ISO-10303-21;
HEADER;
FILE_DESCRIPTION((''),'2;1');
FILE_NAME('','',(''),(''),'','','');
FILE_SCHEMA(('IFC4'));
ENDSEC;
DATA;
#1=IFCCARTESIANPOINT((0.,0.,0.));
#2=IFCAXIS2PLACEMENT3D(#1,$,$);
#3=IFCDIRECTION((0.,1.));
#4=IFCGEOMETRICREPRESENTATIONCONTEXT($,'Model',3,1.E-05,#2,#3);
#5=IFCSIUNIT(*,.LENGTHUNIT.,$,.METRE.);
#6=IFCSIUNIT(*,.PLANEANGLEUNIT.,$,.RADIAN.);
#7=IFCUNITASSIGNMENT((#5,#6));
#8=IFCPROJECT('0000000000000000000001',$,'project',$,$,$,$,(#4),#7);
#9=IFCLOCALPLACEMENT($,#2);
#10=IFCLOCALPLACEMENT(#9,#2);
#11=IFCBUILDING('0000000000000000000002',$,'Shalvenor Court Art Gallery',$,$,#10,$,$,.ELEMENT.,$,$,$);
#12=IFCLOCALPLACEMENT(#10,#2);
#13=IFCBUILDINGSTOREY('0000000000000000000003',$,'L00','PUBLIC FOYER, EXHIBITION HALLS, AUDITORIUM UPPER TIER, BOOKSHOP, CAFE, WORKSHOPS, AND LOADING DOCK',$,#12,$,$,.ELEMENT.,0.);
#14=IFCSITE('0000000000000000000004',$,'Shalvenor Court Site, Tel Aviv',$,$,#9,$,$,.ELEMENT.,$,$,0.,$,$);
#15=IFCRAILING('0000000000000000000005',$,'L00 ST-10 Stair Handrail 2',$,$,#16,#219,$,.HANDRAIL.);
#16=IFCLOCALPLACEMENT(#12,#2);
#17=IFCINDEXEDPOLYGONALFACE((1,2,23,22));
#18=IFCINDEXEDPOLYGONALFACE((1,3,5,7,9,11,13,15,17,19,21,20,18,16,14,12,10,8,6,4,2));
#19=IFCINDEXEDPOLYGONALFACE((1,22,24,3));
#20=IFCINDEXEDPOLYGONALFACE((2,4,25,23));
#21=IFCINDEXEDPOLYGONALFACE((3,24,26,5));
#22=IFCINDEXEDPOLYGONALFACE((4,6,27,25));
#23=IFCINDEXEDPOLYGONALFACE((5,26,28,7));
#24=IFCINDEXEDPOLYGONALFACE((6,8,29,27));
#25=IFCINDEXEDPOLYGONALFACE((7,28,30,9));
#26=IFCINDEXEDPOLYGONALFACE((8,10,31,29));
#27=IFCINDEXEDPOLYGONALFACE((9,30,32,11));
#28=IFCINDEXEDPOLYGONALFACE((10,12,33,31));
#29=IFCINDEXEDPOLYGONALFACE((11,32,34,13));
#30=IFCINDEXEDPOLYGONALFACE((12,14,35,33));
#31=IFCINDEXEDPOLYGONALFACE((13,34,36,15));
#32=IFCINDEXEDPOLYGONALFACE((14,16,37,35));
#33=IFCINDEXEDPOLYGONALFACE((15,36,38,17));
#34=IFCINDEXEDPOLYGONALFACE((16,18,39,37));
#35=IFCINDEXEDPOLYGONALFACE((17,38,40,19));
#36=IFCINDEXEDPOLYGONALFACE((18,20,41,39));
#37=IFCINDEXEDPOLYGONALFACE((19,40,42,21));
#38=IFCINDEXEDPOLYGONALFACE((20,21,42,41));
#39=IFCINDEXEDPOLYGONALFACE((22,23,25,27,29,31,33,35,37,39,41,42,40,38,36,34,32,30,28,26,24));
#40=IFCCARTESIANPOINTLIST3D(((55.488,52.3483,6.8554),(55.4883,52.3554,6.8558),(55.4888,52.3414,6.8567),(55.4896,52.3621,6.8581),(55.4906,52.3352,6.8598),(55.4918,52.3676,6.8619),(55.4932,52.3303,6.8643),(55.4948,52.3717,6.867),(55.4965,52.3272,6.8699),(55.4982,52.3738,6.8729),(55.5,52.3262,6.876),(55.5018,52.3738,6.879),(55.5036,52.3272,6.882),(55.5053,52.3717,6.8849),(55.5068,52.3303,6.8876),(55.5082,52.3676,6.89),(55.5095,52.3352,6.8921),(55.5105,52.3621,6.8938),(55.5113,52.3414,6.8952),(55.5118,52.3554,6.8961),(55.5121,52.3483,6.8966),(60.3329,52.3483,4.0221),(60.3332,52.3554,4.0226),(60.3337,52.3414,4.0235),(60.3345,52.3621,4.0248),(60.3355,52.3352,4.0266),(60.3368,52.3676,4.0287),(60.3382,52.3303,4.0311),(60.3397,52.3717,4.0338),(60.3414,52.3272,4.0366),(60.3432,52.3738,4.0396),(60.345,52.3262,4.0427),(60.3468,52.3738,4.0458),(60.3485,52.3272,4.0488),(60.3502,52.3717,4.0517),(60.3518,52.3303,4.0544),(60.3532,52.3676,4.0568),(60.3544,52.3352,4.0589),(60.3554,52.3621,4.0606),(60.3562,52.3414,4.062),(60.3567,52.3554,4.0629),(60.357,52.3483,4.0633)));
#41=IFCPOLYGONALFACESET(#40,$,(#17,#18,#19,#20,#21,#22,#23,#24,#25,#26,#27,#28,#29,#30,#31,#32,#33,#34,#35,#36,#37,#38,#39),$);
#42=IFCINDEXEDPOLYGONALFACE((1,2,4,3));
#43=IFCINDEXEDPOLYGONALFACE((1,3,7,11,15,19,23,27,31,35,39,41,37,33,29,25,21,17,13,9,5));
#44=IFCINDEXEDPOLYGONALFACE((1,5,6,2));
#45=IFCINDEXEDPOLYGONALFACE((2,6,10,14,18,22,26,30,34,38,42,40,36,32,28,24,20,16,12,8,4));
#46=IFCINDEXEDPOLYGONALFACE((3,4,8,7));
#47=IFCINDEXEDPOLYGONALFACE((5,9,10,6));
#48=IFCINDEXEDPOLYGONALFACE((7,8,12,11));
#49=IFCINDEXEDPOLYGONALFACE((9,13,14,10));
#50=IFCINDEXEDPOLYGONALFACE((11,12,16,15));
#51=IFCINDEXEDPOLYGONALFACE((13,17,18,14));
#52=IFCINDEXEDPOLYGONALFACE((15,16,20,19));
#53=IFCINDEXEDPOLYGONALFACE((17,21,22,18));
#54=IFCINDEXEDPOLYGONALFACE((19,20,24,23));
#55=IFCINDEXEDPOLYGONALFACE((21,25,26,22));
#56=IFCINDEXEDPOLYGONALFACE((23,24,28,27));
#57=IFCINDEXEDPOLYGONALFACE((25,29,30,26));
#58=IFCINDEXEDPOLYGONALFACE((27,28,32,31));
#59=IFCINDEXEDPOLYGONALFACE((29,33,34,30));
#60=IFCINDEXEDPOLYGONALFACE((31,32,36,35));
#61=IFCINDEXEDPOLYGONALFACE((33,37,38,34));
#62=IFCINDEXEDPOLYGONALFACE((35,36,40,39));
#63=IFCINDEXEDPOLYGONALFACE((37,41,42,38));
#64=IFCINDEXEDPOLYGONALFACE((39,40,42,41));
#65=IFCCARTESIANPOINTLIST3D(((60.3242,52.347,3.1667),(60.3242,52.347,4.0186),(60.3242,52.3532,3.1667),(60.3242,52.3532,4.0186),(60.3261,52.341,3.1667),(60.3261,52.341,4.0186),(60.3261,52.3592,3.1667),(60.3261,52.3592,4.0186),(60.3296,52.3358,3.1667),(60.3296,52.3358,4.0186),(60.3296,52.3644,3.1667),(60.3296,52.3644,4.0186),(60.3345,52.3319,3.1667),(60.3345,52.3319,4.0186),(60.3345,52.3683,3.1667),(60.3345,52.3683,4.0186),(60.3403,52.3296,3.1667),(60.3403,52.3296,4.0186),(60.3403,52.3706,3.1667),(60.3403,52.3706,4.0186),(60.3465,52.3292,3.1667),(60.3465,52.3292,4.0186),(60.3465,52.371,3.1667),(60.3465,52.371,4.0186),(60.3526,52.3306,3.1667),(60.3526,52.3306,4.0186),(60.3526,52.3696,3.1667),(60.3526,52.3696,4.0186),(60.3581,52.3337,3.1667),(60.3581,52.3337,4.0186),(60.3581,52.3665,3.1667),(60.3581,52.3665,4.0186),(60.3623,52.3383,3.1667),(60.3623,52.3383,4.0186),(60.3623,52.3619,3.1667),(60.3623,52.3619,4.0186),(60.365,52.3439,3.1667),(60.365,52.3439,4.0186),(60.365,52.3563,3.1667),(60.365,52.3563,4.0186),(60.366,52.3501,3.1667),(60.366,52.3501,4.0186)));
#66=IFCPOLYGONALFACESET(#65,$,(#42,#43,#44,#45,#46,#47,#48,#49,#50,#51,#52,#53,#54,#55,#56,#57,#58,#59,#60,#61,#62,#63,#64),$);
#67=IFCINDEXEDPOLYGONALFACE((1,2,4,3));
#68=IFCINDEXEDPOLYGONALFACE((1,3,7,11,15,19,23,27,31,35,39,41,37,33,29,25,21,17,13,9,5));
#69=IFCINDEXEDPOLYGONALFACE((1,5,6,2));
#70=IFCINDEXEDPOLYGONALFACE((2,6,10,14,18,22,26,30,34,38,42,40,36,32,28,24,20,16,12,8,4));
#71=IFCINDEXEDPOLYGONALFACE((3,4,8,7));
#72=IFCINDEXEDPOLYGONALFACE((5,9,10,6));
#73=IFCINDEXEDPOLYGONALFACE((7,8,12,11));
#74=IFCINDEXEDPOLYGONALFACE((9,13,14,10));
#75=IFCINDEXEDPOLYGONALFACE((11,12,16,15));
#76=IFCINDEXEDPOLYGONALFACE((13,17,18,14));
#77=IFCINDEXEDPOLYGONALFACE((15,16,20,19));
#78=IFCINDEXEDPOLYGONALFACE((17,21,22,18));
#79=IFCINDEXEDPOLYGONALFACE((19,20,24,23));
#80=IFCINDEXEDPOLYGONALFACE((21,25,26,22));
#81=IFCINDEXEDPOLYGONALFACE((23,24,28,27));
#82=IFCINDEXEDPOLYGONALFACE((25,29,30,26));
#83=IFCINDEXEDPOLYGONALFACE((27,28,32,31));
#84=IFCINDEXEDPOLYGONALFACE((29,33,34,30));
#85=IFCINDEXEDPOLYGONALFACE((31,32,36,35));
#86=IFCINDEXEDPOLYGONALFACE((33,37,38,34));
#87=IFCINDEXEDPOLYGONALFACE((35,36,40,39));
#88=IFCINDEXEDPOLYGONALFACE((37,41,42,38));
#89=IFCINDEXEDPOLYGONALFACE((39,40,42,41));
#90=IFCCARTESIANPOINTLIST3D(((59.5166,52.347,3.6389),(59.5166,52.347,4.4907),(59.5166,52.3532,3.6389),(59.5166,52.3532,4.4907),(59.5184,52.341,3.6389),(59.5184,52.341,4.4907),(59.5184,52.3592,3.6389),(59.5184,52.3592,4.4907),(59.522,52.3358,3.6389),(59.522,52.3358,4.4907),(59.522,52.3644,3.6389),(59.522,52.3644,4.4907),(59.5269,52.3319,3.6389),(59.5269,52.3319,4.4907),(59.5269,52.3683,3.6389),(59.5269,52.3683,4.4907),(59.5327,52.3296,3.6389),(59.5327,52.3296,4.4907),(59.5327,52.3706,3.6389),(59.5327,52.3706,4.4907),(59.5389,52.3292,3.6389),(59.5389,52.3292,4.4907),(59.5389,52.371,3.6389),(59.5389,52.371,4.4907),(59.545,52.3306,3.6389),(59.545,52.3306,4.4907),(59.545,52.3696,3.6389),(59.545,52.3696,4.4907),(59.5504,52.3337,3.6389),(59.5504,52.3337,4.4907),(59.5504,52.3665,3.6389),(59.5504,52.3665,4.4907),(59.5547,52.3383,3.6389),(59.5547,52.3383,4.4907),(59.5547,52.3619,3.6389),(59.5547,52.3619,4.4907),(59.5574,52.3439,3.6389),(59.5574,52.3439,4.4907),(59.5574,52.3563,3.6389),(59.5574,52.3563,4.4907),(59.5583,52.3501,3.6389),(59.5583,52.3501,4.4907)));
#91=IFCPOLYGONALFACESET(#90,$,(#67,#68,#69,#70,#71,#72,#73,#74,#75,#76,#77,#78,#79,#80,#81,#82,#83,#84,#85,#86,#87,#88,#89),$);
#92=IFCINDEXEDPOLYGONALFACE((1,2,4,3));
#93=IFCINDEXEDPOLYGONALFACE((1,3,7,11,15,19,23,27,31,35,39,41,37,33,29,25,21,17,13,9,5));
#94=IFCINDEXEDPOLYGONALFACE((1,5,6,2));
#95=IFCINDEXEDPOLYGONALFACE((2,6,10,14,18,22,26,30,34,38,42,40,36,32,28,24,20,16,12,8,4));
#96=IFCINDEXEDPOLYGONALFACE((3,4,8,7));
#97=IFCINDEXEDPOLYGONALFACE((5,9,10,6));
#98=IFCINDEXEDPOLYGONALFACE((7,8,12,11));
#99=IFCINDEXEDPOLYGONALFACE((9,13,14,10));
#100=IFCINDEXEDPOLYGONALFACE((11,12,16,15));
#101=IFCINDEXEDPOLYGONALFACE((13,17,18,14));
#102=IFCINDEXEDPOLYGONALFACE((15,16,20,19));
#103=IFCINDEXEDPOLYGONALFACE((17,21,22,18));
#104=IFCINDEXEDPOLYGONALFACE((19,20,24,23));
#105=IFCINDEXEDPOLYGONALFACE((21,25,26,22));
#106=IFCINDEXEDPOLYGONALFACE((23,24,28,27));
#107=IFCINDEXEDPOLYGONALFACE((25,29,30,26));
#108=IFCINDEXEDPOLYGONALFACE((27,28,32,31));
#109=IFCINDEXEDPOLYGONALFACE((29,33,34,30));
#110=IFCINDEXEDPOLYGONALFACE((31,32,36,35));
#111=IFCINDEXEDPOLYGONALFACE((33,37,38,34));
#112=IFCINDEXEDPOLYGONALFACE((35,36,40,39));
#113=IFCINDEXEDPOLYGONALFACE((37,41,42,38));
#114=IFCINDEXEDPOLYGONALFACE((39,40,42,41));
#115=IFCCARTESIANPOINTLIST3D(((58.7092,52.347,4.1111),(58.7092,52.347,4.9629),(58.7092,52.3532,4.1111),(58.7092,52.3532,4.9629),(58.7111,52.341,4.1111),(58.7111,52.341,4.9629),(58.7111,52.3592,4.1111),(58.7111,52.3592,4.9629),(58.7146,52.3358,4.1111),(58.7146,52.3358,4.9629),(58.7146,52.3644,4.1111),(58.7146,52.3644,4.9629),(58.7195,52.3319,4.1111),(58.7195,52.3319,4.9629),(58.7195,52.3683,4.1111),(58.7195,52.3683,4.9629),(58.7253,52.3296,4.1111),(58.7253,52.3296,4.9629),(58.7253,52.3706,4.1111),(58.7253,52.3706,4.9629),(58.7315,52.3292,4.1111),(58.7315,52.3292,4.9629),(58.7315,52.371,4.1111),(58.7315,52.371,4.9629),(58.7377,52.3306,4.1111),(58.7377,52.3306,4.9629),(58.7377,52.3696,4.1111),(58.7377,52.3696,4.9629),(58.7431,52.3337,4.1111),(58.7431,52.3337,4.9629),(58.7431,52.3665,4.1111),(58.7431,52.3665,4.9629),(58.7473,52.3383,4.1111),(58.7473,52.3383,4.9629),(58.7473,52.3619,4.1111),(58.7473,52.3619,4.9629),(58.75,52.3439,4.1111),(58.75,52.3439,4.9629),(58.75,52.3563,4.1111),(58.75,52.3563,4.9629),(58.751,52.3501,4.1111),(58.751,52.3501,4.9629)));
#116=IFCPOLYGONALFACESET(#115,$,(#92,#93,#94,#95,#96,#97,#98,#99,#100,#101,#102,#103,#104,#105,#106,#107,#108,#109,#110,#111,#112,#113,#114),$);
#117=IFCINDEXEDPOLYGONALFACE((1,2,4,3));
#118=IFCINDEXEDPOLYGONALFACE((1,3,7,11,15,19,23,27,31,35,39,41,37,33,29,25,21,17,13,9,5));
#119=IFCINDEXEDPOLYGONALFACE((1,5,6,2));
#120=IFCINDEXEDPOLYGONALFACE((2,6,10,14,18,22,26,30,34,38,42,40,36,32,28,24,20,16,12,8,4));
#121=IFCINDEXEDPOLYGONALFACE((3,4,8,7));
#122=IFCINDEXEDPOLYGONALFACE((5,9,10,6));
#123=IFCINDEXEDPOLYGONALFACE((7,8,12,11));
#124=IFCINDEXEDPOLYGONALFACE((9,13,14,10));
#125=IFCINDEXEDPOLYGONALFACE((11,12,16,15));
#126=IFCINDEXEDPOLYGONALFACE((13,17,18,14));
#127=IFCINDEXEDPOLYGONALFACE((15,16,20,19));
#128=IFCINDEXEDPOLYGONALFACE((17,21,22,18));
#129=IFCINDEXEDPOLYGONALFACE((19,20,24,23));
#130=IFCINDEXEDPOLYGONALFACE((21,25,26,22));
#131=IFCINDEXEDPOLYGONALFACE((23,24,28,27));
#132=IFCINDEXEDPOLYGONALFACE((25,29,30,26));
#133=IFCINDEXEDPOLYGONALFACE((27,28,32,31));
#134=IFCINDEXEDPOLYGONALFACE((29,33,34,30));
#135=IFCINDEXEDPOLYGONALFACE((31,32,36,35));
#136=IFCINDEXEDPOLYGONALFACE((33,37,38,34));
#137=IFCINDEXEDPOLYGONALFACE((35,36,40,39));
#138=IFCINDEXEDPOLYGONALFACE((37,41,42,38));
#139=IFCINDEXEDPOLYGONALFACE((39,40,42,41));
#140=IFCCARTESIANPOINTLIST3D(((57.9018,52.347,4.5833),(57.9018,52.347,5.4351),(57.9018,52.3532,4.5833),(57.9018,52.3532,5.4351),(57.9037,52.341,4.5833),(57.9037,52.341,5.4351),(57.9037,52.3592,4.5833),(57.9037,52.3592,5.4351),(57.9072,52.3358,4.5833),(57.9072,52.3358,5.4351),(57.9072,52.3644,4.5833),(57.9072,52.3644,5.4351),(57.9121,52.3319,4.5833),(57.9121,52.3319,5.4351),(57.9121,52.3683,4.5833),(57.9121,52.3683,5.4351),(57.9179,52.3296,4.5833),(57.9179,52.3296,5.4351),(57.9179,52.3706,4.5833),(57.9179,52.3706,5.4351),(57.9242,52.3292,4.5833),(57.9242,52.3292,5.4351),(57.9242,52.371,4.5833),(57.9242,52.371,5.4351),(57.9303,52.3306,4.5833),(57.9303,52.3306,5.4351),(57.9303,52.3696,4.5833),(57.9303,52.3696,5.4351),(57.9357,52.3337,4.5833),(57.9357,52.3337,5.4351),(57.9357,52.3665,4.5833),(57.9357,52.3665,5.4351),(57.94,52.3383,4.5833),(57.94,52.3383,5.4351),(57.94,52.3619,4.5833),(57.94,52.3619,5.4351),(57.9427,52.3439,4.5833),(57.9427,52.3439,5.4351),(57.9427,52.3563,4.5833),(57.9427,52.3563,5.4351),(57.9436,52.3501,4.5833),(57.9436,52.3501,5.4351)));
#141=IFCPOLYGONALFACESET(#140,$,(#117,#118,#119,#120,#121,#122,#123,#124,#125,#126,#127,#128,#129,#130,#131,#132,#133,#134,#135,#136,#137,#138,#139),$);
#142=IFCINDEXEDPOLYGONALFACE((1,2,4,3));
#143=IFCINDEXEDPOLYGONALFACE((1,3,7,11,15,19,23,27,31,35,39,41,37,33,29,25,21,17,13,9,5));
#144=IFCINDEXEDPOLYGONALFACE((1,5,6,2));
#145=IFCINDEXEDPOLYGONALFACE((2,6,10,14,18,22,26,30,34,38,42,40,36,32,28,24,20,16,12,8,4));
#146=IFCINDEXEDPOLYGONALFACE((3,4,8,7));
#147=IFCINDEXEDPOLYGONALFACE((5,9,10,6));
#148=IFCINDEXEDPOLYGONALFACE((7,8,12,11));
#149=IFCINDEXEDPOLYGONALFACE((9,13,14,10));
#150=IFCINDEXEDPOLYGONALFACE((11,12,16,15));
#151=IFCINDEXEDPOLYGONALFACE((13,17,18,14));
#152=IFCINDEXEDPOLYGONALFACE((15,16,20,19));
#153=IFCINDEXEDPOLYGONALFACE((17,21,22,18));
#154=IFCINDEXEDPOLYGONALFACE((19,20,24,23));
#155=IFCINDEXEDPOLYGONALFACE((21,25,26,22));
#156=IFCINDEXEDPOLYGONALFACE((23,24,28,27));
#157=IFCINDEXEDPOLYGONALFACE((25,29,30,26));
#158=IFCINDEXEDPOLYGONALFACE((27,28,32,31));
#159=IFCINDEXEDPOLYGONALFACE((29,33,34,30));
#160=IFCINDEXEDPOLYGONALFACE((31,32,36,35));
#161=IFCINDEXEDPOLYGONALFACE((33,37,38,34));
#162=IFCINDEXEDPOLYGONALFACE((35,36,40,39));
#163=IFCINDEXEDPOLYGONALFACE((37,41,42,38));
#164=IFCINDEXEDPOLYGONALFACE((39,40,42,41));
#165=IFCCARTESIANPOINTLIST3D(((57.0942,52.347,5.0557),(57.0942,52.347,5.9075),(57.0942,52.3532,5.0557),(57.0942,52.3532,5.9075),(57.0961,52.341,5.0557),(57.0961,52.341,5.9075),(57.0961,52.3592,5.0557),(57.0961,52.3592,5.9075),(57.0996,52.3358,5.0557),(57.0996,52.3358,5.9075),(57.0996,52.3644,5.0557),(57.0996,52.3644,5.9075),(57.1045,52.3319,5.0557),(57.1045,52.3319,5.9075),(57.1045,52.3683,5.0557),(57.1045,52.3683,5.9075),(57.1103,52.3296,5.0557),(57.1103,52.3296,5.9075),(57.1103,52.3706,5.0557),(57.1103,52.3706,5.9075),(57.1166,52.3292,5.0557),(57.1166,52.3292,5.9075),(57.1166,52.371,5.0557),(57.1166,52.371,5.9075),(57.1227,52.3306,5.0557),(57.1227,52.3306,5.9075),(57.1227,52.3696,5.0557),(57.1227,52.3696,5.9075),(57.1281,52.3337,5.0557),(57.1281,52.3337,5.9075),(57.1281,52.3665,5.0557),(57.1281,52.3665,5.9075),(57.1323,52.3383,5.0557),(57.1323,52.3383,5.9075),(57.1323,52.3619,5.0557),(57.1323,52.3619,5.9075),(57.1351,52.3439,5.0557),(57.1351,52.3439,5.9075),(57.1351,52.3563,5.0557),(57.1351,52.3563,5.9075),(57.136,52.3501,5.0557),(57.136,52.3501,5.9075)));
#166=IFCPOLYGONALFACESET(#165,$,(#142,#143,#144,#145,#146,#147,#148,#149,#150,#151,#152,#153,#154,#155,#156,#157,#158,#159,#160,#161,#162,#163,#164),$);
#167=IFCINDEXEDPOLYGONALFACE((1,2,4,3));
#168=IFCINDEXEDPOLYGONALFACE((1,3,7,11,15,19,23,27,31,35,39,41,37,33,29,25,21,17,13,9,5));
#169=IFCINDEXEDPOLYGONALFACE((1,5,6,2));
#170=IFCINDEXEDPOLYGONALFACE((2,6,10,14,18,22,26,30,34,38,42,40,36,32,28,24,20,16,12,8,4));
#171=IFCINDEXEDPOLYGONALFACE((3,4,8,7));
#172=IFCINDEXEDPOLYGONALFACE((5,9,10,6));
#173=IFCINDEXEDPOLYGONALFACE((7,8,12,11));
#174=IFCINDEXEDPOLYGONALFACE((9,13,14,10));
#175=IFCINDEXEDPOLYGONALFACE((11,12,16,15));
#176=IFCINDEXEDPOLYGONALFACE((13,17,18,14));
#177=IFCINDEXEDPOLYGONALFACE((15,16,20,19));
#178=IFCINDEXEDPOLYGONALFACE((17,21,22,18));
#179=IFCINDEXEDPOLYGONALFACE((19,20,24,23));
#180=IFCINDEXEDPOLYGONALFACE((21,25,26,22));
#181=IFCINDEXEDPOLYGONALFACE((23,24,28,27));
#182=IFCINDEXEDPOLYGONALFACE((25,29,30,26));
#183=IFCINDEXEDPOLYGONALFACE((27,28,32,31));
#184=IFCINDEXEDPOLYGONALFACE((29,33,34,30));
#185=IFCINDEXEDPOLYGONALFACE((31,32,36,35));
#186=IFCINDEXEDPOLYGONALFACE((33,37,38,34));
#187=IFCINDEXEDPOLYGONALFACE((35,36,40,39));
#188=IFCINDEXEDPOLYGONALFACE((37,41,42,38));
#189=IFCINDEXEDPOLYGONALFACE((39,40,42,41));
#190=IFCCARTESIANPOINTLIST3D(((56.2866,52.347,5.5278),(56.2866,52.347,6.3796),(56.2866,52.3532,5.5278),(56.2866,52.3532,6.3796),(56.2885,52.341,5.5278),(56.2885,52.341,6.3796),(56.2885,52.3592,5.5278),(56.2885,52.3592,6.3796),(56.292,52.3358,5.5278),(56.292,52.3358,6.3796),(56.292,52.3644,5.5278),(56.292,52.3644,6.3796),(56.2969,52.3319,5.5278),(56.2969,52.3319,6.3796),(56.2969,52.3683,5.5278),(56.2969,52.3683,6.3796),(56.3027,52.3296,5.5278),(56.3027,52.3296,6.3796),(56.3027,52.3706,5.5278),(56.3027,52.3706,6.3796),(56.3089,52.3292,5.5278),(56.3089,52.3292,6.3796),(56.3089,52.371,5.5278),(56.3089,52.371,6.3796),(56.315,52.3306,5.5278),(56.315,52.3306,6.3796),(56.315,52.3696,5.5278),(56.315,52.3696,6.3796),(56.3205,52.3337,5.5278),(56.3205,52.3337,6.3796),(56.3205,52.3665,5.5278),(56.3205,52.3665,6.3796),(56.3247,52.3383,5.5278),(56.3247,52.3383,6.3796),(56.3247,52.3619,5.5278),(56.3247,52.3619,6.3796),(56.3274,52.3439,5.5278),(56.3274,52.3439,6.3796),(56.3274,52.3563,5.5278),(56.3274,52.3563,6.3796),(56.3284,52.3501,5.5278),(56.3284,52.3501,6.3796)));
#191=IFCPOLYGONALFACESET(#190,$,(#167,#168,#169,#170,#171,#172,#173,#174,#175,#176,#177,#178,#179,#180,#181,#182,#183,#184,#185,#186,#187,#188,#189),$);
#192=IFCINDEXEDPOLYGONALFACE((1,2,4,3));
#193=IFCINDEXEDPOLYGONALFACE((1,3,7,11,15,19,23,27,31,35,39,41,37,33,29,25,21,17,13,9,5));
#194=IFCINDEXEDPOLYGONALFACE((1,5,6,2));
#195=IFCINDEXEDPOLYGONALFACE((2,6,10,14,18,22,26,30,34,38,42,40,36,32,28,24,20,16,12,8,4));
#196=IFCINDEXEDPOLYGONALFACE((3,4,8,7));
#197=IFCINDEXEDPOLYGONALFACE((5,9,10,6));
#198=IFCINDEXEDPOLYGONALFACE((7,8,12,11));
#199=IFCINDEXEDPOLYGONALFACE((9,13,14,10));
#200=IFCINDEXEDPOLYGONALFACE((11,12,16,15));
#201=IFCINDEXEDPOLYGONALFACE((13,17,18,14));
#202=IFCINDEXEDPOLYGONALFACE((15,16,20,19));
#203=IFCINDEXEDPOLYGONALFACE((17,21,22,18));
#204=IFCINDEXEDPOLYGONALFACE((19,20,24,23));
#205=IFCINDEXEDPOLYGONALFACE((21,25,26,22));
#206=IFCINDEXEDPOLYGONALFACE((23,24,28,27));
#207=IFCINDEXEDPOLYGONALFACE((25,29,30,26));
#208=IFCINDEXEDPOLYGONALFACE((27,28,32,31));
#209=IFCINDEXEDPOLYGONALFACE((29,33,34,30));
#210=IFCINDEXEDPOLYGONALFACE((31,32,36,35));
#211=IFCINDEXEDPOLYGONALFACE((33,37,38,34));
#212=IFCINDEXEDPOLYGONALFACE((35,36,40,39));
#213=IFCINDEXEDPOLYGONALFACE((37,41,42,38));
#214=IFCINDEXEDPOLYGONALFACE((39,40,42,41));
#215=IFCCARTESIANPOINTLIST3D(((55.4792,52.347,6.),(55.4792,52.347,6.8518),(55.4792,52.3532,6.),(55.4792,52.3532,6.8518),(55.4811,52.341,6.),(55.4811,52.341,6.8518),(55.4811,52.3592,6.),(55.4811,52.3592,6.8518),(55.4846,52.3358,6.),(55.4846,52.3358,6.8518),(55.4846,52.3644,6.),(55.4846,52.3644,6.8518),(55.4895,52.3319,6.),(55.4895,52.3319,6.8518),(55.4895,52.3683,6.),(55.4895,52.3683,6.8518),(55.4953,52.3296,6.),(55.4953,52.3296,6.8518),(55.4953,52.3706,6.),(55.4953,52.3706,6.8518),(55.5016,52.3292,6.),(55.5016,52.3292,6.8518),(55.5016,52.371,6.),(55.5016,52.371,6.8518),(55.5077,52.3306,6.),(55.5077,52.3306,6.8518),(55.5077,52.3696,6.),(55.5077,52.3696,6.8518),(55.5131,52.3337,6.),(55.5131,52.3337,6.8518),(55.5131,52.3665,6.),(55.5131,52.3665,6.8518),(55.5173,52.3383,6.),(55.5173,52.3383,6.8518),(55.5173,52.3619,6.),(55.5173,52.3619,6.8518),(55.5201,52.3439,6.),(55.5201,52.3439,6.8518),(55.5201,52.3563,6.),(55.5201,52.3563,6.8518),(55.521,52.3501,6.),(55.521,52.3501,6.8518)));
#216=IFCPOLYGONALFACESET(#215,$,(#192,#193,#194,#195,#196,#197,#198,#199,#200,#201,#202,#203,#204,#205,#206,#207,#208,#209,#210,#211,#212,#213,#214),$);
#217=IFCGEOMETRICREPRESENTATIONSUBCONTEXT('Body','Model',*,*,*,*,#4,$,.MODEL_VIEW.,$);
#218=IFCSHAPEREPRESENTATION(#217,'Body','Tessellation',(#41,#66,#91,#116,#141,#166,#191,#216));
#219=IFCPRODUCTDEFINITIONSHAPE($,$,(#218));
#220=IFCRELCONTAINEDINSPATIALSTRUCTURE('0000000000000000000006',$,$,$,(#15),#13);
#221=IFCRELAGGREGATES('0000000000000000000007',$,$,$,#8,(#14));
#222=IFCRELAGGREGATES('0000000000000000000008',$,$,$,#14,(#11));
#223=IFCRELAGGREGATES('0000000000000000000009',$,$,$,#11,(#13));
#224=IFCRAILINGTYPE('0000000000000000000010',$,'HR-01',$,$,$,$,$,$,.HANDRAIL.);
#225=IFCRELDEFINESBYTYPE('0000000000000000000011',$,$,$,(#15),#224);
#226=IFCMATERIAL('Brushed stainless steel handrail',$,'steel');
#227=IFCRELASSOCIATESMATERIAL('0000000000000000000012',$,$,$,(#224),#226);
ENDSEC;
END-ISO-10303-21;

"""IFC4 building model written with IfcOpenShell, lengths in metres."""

from ifc_helpers import new_model, si_unit, direction, frame, origin, origin_2d, place, context, subcontext, project, spatial, circle, extrude, material, type_object, element, save


model = new_model("IFC4")

# Units and contexts
model_context = context("Model", 3, precision=1e-05, world=origin(), true_north=direction((0.0, 1.0)))
body_context = subcontext(model_context, "Body", "Model", "MODEL_VIEW")
ifc_project = project(units=[si_unit("LENGTHUNIT", "METRE"), si_unit("PLANEANGLEUNIT", "RADIAN")], contexts=[model_context])

# Site, building, storey
site_placement = place(None, origin())
site = spatial("IfcSite", under=ifc_project, at=site_placement, Name="Shalvenor Court Site, Tel Aviv", CompositionType="ELEMENT", RefElevation=0.0)
building_placement = place(site_placement, origin())
building = spatial("IfcBuilding", under=site, at=building_placement, Name="Shalvenor Court Art Gallery", CompositionType="ELEMENT")
storey_placement = place(building_placement, origin())
storey = spatial("IfcBuildingStorey", under=building, at=storey_placement, Name="L00", Description="PUBLIC FOYER, EXHIBITION HALLS, AUDITORIUM UPPER TIER, BOOKSHOP, CAFE, WORKSHOPS, AND LOADING DOCK", CompositionType="ELEMENT", Elevation=0.0)

# Railing
ifc_material_1 = material(Name="Brushed stainless steel handrail", Category="steel")
railing_type_1 = type_object("IfcRailingType", Name="HR-01", PredefinedType="HANDRAIL", material=ifc_material_1)
railing_1_placement = place(storey_placement, frame((60.345, 52.3501, 3.1667)))
element("IfcRailing", 1, at=railing_1_placement, inside=storey, type_object=railing_type_1, Name="L00 ST-10 Stair Handrail 2", PredefinedType="HANDRAIL", context=body_context, shape_type="SweptSolid", body=[
    extrude(circle(Radius=0.0239, at=origin_2d()), frame((0.0, 0.0, 0.876), z_axis=(-0.863234, 0.0, 0.504804), x_axis=(0.0, -1.0, 0.0)), (0.0, 0.0, 1.0), 5.6125),
    extrude(circle(Radius=0.021, at=origin_2d()), origin(), (0.0, 0.0, 1.0), 0.8518),
    extrude(circle(Radius=0.021, at=origin_2d()), frame((-0.8076, 0.0, 0.4722)), (0.0, 0.0, 1.0), 0.8518),
    extrude(circle(Radius=0.021, at=origin_2d()), frame((-1.615, 0.0, 0.9443)), (0.0, 0.0, 1.0), 0.8518),
    extrude(circle(Radius=0.021, at=origin_2d()), frame((-2.4224, 0.0, 1.4165)), (0.0, 0.0, 1.0), 0.8518),
    extrude(circle(Radius=0.021, at=origin_2d()), frame((-3.23, 0.0, 1.8889)), (0.0, 0.0, 1.0), 0.8518),
    extrude(circle(Radius=0.021, at=origin_2d()), frame((-4.0376, 0.0, 2.3611)), (0.0, 0.0, 1.0), 0.8518),
    extrude(circle(Radius=0.021, at=origin_2d()), frame((-4.845, 0.0, 2.8333)), (0.0, 0.0, 1.0), 0.8518),
])

save(model, "model.ifc")
